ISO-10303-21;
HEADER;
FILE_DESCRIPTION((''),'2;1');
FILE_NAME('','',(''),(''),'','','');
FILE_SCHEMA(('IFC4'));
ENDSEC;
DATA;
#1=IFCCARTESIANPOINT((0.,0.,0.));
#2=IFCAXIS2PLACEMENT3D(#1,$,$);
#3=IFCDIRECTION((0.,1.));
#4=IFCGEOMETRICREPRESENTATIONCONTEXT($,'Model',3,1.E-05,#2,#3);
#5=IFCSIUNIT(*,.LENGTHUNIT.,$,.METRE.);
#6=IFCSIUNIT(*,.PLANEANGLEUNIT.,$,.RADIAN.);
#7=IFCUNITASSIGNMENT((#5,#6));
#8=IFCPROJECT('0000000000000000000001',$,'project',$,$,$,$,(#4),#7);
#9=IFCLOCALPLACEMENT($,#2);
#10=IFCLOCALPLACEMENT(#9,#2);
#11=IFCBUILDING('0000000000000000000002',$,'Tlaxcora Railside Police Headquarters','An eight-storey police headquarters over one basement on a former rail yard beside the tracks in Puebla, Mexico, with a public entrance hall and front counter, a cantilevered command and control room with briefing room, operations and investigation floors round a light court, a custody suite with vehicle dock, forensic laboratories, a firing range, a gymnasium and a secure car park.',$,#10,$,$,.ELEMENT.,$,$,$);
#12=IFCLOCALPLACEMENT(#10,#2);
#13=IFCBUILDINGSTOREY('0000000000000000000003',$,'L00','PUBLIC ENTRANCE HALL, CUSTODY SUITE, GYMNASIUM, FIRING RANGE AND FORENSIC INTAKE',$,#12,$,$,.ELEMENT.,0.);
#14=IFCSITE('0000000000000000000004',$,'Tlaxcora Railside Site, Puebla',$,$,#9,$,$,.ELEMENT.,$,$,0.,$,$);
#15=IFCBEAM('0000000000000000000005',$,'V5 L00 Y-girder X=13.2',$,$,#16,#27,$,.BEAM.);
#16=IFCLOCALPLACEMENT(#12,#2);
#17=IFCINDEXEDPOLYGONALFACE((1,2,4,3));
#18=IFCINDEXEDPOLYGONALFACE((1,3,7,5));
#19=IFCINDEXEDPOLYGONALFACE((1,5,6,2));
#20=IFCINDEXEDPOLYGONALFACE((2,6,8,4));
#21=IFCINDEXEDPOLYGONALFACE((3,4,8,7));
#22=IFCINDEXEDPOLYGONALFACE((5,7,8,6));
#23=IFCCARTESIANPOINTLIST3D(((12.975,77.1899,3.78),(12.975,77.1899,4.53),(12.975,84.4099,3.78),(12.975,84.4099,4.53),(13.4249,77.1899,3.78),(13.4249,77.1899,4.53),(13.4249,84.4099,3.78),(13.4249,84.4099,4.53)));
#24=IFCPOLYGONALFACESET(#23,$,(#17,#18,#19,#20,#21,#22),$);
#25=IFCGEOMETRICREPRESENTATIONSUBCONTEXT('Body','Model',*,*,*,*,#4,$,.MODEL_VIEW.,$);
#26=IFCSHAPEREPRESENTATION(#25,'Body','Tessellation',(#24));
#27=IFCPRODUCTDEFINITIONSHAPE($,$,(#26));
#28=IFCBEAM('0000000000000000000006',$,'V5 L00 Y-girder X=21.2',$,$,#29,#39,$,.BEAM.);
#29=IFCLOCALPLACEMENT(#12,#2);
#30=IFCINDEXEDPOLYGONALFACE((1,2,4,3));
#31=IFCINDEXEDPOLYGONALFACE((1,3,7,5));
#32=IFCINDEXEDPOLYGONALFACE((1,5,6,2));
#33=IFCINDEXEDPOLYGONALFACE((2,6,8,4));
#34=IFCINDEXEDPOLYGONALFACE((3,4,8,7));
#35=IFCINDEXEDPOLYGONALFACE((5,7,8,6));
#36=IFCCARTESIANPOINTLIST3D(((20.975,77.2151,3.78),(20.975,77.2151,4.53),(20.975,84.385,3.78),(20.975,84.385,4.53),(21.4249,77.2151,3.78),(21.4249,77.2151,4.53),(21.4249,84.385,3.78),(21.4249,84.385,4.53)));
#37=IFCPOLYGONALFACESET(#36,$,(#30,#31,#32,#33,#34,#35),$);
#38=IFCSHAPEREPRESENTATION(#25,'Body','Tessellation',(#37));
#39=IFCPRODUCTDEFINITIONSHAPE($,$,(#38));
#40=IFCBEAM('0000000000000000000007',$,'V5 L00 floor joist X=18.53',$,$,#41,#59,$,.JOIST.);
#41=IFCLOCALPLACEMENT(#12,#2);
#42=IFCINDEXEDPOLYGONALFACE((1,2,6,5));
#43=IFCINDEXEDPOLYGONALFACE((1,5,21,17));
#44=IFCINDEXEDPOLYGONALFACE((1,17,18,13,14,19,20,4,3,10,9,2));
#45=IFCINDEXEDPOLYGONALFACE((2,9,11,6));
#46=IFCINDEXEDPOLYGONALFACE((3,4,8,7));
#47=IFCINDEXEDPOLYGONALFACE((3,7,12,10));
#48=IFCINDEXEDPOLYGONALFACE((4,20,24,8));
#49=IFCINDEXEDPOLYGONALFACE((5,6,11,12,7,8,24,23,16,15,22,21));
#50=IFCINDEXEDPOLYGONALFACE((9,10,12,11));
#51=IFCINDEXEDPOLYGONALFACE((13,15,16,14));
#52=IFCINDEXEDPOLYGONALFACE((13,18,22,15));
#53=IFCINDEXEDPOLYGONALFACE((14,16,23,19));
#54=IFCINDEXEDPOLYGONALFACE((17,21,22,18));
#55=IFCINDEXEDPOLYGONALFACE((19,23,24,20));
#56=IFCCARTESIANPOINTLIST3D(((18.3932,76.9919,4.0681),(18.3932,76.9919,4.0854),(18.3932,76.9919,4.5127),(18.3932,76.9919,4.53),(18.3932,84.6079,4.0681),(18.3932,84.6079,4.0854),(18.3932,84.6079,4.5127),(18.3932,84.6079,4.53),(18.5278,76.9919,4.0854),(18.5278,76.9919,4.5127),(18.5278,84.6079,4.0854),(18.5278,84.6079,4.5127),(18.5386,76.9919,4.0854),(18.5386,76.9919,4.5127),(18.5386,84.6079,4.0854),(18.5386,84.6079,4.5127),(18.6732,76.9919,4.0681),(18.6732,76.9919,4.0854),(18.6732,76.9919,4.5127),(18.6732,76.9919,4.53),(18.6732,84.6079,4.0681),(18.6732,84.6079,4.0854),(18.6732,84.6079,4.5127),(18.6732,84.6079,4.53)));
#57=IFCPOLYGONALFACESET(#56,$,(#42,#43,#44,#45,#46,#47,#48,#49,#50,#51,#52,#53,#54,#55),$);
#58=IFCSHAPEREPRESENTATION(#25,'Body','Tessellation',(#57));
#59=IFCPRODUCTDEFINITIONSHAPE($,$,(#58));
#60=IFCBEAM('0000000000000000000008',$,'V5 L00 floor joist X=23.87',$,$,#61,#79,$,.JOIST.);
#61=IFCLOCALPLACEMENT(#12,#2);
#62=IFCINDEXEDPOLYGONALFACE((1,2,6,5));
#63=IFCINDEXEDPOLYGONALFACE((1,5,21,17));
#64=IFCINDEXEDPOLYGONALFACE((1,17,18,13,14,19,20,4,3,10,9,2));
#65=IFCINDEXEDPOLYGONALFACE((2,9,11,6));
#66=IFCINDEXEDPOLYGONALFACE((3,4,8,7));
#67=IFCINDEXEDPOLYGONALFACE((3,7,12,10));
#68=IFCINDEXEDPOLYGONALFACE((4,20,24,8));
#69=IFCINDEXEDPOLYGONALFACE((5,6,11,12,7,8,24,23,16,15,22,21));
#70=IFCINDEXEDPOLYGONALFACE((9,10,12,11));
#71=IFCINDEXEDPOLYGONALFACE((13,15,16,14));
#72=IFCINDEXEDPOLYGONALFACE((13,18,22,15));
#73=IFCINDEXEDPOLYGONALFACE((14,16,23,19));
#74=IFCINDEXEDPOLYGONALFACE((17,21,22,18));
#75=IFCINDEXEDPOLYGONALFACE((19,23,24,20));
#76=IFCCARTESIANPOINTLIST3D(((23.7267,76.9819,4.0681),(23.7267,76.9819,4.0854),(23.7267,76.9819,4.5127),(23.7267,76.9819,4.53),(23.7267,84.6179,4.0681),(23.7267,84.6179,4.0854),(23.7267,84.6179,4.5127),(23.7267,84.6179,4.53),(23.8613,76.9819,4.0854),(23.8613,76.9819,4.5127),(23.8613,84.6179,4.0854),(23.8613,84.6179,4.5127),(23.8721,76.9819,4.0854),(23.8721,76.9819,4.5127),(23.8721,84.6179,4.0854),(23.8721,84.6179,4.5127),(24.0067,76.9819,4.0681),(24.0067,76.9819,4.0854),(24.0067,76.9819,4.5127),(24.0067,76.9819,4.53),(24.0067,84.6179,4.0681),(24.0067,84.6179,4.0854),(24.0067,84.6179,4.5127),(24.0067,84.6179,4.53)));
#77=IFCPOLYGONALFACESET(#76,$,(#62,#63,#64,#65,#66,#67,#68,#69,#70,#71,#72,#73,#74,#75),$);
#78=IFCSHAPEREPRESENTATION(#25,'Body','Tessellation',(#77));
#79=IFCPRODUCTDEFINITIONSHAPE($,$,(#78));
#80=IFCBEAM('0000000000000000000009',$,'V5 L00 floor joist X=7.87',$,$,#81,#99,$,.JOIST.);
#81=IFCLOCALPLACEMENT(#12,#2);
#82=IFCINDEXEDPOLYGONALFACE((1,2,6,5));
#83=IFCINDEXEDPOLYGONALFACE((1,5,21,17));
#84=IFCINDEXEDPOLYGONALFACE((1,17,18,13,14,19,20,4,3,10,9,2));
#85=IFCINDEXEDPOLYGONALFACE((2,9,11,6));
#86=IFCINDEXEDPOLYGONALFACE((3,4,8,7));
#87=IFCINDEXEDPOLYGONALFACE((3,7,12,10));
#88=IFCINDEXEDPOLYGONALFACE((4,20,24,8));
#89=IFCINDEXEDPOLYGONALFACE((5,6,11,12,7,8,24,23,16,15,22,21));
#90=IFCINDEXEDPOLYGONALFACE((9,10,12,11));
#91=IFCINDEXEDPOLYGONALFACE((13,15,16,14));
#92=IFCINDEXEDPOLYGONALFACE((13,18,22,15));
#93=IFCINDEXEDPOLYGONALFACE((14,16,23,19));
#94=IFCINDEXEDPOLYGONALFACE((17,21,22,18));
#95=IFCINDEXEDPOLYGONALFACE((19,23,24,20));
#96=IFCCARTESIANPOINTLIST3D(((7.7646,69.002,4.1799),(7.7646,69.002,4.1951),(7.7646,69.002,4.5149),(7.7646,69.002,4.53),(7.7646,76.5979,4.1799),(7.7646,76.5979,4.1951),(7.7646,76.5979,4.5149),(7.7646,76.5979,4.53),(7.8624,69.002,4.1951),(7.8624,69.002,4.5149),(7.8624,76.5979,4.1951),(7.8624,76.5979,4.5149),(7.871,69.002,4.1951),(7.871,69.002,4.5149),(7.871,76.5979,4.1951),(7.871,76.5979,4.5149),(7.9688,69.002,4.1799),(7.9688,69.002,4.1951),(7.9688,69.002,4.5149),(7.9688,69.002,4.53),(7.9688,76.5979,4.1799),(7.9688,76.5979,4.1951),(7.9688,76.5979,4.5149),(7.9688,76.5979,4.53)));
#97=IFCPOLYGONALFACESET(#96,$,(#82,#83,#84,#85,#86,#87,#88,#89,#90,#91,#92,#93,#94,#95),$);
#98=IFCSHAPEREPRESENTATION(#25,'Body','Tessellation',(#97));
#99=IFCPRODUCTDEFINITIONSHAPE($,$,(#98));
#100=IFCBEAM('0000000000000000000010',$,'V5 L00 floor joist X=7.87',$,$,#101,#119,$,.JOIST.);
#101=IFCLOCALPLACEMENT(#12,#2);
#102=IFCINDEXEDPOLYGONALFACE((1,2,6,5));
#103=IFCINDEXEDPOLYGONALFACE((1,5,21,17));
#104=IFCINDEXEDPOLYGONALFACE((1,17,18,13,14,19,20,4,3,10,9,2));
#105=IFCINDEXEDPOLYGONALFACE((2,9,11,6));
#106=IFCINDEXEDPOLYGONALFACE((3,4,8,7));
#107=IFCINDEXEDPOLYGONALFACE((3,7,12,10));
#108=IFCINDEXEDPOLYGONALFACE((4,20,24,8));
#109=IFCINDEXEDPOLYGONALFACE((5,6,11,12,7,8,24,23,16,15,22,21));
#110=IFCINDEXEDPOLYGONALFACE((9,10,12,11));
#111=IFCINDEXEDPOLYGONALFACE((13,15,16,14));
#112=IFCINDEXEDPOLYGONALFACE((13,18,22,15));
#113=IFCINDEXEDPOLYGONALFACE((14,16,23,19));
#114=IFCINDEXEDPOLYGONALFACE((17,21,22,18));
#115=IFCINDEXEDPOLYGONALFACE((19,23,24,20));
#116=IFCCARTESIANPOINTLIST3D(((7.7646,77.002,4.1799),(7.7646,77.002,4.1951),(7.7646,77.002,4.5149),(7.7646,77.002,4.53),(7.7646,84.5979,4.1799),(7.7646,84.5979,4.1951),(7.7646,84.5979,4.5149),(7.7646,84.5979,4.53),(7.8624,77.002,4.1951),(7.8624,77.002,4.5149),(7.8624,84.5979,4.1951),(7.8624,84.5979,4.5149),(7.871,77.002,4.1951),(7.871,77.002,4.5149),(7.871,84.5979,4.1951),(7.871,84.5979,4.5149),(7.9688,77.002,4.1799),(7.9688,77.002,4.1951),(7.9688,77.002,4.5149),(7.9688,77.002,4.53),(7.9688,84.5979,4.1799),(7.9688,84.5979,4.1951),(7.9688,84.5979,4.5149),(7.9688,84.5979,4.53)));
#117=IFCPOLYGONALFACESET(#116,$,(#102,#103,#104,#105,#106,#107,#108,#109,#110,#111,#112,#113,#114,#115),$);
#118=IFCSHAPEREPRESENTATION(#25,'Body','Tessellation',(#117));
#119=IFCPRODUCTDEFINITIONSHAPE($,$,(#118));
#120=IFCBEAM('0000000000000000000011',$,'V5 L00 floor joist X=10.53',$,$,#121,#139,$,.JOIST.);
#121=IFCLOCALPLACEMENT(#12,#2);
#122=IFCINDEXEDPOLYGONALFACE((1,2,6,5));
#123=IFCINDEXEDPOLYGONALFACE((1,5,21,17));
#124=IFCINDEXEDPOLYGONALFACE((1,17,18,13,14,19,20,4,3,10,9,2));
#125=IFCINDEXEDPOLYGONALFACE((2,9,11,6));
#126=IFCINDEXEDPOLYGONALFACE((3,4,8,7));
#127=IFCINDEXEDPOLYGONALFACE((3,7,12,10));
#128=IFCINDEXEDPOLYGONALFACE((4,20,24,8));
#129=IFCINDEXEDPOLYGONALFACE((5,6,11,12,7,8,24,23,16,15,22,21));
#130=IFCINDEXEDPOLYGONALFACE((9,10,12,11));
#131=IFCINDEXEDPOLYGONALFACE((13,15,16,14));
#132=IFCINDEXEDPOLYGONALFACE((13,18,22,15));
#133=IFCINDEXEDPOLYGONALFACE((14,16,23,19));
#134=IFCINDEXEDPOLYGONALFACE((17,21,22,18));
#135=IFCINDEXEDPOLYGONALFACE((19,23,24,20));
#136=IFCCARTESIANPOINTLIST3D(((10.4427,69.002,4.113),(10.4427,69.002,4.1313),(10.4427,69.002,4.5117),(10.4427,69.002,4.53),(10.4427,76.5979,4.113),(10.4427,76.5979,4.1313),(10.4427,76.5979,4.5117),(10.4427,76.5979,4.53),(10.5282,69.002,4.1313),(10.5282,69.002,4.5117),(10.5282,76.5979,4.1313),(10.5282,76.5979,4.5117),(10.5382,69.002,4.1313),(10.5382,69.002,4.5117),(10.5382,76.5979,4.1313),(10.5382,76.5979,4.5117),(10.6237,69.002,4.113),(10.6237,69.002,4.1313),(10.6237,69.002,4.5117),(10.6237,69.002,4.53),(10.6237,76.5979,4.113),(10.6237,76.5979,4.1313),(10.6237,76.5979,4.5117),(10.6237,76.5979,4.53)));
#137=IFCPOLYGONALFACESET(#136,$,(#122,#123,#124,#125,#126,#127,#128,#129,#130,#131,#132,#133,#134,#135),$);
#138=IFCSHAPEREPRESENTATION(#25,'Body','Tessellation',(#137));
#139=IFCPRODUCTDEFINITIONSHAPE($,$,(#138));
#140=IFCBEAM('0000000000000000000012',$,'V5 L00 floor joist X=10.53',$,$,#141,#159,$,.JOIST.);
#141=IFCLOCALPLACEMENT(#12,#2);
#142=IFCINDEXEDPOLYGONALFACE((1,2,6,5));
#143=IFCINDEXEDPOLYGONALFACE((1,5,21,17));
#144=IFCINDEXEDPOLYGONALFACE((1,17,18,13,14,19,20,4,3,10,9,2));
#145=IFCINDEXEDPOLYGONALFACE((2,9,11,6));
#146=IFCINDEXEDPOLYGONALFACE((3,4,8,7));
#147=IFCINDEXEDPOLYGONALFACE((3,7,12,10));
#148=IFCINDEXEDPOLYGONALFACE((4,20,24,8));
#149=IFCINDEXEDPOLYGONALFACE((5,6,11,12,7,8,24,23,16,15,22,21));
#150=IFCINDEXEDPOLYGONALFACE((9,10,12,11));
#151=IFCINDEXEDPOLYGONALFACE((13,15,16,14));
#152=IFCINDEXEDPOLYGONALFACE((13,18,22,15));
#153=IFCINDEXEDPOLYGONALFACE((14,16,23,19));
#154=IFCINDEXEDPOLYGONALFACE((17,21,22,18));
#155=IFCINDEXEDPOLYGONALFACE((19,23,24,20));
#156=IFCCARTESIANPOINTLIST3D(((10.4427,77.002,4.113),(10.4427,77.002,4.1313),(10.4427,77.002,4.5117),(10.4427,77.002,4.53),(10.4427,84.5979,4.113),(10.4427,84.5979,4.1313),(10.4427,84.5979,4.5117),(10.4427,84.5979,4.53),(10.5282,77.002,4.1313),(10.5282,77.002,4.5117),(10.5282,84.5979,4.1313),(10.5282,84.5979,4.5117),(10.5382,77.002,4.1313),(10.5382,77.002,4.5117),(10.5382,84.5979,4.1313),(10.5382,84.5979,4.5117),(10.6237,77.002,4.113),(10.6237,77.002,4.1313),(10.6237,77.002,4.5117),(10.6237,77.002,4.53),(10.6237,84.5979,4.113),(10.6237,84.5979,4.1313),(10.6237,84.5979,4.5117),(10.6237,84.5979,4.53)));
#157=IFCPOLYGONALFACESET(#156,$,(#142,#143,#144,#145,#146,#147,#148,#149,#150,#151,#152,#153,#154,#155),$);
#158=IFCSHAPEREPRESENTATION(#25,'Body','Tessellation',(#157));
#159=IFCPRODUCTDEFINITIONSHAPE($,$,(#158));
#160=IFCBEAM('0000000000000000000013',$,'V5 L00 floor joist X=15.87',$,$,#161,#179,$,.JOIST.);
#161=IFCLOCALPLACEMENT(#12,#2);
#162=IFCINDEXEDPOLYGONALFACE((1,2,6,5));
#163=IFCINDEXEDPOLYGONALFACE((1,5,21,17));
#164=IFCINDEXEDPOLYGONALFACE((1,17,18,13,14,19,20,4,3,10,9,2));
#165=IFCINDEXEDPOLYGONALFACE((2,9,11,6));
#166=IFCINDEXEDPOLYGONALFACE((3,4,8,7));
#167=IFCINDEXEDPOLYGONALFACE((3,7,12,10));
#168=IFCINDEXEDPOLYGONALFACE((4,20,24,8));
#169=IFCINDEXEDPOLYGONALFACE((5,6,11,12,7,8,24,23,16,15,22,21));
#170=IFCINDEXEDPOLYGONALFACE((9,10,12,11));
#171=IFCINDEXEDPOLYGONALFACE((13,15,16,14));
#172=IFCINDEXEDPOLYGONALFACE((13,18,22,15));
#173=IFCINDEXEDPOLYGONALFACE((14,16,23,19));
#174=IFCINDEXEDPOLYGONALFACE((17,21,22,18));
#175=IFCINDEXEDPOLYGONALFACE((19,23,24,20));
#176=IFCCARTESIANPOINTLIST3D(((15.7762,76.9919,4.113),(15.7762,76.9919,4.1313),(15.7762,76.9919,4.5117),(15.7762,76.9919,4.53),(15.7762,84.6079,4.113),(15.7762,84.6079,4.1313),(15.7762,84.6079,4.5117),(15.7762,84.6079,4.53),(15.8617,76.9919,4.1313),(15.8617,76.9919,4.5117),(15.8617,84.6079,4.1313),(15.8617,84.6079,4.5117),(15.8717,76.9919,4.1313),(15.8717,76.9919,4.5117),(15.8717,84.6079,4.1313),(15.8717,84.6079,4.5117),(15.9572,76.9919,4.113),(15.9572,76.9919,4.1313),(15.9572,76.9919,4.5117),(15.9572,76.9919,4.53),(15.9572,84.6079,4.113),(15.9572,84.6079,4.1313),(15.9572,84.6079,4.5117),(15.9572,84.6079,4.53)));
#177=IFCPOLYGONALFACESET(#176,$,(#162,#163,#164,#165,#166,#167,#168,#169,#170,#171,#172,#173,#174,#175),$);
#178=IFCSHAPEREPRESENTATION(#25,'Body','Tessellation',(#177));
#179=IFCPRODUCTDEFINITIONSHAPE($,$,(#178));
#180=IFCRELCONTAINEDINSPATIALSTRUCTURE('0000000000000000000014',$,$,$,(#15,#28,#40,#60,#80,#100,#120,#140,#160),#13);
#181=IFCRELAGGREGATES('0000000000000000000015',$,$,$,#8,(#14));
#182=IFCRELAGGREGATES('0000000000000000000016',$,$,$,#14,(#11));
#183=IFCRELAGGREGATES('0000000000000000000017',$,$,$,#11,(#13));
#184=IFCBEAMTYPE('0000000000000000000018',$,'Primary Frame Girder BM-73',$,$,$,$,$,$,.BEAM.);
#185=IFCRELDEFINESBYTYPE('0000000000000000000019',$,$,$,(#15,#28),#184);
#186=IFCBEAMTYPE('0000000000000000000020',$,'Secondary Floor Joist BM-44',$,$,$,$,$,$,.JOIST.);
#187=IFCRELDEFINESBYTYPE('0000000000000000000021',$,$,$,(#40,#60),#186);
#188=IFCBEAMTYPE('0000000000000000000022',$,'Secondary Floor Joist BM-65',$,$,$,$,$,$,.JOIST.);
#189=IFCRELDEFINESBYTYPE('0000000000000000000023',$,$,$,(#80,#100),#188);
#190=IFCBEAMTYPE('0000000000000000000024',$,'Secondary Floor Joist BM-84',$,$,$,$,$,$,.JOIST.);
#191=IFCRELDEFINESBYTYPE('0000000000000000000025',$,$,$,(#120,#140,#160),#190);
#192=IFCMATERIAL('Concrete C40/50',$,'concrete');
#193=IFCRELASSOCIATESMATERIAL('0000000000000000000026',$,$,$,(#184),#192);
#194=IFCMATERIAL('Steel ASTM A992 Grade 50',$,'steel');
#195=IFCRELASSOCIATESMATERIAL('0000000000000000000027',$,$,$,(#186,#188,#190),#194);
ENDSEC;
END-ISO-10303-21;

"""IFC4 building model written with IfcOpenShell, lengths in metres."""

from ifc_helpers import new_model, si_unit, direction, frame, origin, origin_2d, place, context, subcontext, project, spatial, rectangle, i_section, extrude, material, material_profile, profile_set, type_object, element, save


model = new_model("IFC4")

# Units and contexts
model_context = context("Model", 3, precision=1e-05, world=origin(), true_north=direction((0.0, 1.0)))
body_context = subcontext(model_context, "Body", "Model", "MODEL_VIEW")
ifc_project = project(units=[si_unit("LENGTHUNIT", "METRE"), si_unit("PLANEANGLEUNIT", "RADIAN")], contexts=[model_context])

# Site, building, storey
site_placement = place(None, origin())
site = spatial("IfcSite", under=ifc_project, at=site_placement, Name="Tlaxcora Railside Site, Puebla", CompositionType="ELEMENT", RefElevation=0.0)
building_placement = place(site_placement, origin())
building = spatial("IfcBuilding", under=site, at=building_placement, Name="Tlaxcora Railside Police Headquarters", Description="An eight-storey police headquarters over one basement on a former rail yard beside the tracks in Puebla, Mexico, with a public entrance hall and front counter, a cantilevered command and control room with briefing room, operations and investigation floors round a light court, a custody suite with vehicle dock, forensic laboratories, a firing range, a gymnasium and a secure car park.", CompositionType="ELEMENT")
storey_placement = place(building_placement, origin())
storey = spatial("IfcBuildingStorey", under=building, at=storey_placement, Name="L00", Description="PUBLIC ENTRANCE HALL, CUSTODY SUITE, GYMNASIUM, FIRING RANGE AND FORENSIC INTAKE", CompositionType="ELEMENT", Elevation=0.0)

# Shared definitions
ifc_material_1 = material(Name="Concrete C40/50", Category="concrete")

# Beams
ifc_material_profile_1 = material_profile(ifc_material_1, rectangle(XDim=0.45, YDim=0.75, at=origin_2d()), Name="RC450X750")
ifc_profile_set_1 = profile_set([ifc_material_profile_1], Name="Concrete C40/50")
beam_type_1 = type_object("IfcBeamType", Name="Primary Frame Girder BM-73", PredefinedType="BEAM", material=ifc_profile_set_1)
beam_1_placement = place(storey_placement, frame((13.2, 77.1899, 4.155), z_axis=(0.0, 1.0, 0.0), x_axis=(-1.0, 0.0, 0.0)))
element("IfcBeam", 1, at=beam_1_placement, inside=storey, type_object=beam_type_1, Name="V5 L00 Y-girder X=13.2", PredefinedType="BEAM", context=body_context, shape_type="SweptSolid", body=[
    extrude(rectangle(XDim=0.45, YDim=0.75, at=origin_2d()), origin(), (0.0, 0.0, 1.0), 7.22),
])
beam_2_placement = place(storey_placement, frame((21.2, 77.2151, 4.155), z_axis=(0.0, 1.0, 0.0), x_axis=(-1.0, 0.0, 0.0)))
element("IfcBeam", 2, at=beam_2_placement, inside=storey, type_object=beam_type_1, Name="V5 L00 Y-girder X=21.2", PredefinedType="BEAM", context=body_context, shape_type="SweptSolid", body=[
    extrude(rectangle(XDim=0.45, YDim=0.75, at=origin_2d()), origin(), (0.0, 0.0, 1.0), 7.1699),
])
ifc_material_2 = material(Name="Steel ASTM A992 Grade 50", Category="steel")
ifc_material_profile_2 = material_profile(ifc_material_2, i_section(OverallWidth=0.28, OverallDepth=0.4619, WebThickness=0.0107, FlangeThickness=0.0173, at=origin_2d()), Name="W18X76")
ifc_profile_set_2 = profile_set([ifc_material_profile_2], Name="Steel ASTM A992 Grade 50")
beam_type_2 = type_object("IfcBeamType", Name="Secondary Floor Joist BM-44", PredefinedType="JOIST", material=ifc_profile_set_2)
beam_3_placement = place(storey_placement, frame((18.5332, 76.9919, 4.2991), z_axis=(0.0, 1.0, 0.0), x_axis=(-1.0, 0.0, 0.0)))
element("IfcBeam", 3, at=beam_3_placement, inside=storey, type_object=beam_type_2, Name="V5 L00 floor joist X=18.53", PredefinedType="JOIST", context=body_context, shape_type="SweptSolid", body=[
    extrude(i_section(OverallWidth=0.28, OverallDepth=0.4619, WebThickness=0.0107, FlangeThickness=0.0173, at=origin_2d()), origin(), (0.0, 0.0, 1.0), 7.616),
])
beam_4_placement = place(storey_placement, frame((23.8667, 76.9819, 4.2991), z_axis=(0.0, 1.0, 0.0), x_axis=(-1.0, 0.0, 0.0)))
element("IfcBeam", 4, at=beam_4_placement, inside=storey, type_object=beam_type_2, Name="V5 L00 floor joist X=23.87", PredefinedType="JOIST", context=body_context, shape_type="SweptSolid", body=[
    extrude(i_section(OverallWidth=0.28, OverallDepth=0.4619, WebThickness=0.0107, FlangeThickness=0.0173, at=origin_2d()), origin(), (0.0, 0.0, 1.0), 7.636),
])
ifc_material_profile_3 = material_profile(ifc_material_2, i_section(OverallWidth=0.2041, OverallDepth=0.3501, WebThickness=0.0085, FlangeThickness=0.0151, at=origin_2d()), Name="W14X48")
ifc_profile_set_3 = profile_set([ifc_material_profile_3], Name="Steel ASTM A992 Grade 50")
beam_type_3 = type_object("IfcBeamType", Name="Secondary Floor Joist BM-65", PredefinedType="JOIST", material=ifc_profile_set_3)
for number, where, z_axis, x_axis, name in (
    (5, (7.8667, 69.002, 4.355), (0.0, 1.0, 0.0), (-1.0, 0.0, 0.0), "V5 L00 floor joist X=7.87"),
    (6, (7.8667, 77.002, 4.355), (0.0, 1.0, 0.0), (-1.0, 0.0, 0.0), "V5 L00 floor joist X=7.87"),
):
    element("IfcBeam", number, at=place(storey_placement, frame(where, z_axis=z_axis, x_axis=x_axis)), inside=storey, type_object=beam_type_3, Name=name, PredefinedType="JOIST", context=body_context, shape_type="SweptSolid", body=[
        extrude(i_section(OverallWidth=0.2041, OverallDepth=0.3501, WebThickness=0.0085, FlangeThickness=0.0151, at=origin_2d()), origin(), (0.0, 0.0, 1.0), 7.5959),
    ])
ifc_material_profile_4 = material_profile(ifc_material_2, i_section(OverallWidth=0.1809, OverallDepth=0.417, WebThickness=0.01, FlangeThickness=0.0183, at=origin_2d()), Name="W16X57")
ifc_profile_set_4 = profile_set([ifc_material_profile_4], Name="Steel ASTM A992 Grade 50")
beam_type_4 = type_object("IfcBeamType", Name="Secondary Floor Joist BM-84", PredefinedType="JOIST", material=ifc_profile_set_4)
for number, where, z_axis, x_axis, name in (
    (7, (10.5332, 69.002, 4.3215), (0.0, 1.0, 0.0), (-1.0, 0.0, 0.0), "V5 L00 floor joist X=10.53"),
    (8, (10.5332, 77.002, 4.3215), (0.0, 1.0, 0.0), (-1.0, 0.0, 0.0), "V5 L00 floor joist X=10.53"),
):
    element("IfcBeam", number, at=place(storey_placement, frame(where, z_axis=z_axis, x_axis=x_axis)), inside=storey, type_object=beam_type_4, Name=name, PredefinedType="JOIST", context=body_context, shape_type="SweptSolid", body=[
        extrude(i_section(OverallWidth=0.1809, OverallDepth=0.417, WebThickness=0.01, FlangeThickness=0.0183, at=origin_2d()), origin(), (0.0, 0.0, 1.0), 7.5959),
    ])
beam_5_placement = place(storey_placement, frame((15.8667, 76.9919, 4.3215), z_axis=(0.0, 1.0, 0.0), x_axis=(-1.0, 0.0, 0.0)))
element("IfcBeam", 9, at=beam_5_placement, inside=storey, type_object=beam_type_4, Name="V5 L00 floor joist X=15.87", PredefinedType="JOIST", context=body_context, shape_type="SweptSolid", body=[
    extrude(i_section(OverallWidth=0.1809, OverallDepth=0.417, WebThickness=0.01, FlangeThickness=0.0183, at=origin_2d()), origin(), (0.0, 0.0, 1.0), 7.616),
])

save(model, "model.ifc")
